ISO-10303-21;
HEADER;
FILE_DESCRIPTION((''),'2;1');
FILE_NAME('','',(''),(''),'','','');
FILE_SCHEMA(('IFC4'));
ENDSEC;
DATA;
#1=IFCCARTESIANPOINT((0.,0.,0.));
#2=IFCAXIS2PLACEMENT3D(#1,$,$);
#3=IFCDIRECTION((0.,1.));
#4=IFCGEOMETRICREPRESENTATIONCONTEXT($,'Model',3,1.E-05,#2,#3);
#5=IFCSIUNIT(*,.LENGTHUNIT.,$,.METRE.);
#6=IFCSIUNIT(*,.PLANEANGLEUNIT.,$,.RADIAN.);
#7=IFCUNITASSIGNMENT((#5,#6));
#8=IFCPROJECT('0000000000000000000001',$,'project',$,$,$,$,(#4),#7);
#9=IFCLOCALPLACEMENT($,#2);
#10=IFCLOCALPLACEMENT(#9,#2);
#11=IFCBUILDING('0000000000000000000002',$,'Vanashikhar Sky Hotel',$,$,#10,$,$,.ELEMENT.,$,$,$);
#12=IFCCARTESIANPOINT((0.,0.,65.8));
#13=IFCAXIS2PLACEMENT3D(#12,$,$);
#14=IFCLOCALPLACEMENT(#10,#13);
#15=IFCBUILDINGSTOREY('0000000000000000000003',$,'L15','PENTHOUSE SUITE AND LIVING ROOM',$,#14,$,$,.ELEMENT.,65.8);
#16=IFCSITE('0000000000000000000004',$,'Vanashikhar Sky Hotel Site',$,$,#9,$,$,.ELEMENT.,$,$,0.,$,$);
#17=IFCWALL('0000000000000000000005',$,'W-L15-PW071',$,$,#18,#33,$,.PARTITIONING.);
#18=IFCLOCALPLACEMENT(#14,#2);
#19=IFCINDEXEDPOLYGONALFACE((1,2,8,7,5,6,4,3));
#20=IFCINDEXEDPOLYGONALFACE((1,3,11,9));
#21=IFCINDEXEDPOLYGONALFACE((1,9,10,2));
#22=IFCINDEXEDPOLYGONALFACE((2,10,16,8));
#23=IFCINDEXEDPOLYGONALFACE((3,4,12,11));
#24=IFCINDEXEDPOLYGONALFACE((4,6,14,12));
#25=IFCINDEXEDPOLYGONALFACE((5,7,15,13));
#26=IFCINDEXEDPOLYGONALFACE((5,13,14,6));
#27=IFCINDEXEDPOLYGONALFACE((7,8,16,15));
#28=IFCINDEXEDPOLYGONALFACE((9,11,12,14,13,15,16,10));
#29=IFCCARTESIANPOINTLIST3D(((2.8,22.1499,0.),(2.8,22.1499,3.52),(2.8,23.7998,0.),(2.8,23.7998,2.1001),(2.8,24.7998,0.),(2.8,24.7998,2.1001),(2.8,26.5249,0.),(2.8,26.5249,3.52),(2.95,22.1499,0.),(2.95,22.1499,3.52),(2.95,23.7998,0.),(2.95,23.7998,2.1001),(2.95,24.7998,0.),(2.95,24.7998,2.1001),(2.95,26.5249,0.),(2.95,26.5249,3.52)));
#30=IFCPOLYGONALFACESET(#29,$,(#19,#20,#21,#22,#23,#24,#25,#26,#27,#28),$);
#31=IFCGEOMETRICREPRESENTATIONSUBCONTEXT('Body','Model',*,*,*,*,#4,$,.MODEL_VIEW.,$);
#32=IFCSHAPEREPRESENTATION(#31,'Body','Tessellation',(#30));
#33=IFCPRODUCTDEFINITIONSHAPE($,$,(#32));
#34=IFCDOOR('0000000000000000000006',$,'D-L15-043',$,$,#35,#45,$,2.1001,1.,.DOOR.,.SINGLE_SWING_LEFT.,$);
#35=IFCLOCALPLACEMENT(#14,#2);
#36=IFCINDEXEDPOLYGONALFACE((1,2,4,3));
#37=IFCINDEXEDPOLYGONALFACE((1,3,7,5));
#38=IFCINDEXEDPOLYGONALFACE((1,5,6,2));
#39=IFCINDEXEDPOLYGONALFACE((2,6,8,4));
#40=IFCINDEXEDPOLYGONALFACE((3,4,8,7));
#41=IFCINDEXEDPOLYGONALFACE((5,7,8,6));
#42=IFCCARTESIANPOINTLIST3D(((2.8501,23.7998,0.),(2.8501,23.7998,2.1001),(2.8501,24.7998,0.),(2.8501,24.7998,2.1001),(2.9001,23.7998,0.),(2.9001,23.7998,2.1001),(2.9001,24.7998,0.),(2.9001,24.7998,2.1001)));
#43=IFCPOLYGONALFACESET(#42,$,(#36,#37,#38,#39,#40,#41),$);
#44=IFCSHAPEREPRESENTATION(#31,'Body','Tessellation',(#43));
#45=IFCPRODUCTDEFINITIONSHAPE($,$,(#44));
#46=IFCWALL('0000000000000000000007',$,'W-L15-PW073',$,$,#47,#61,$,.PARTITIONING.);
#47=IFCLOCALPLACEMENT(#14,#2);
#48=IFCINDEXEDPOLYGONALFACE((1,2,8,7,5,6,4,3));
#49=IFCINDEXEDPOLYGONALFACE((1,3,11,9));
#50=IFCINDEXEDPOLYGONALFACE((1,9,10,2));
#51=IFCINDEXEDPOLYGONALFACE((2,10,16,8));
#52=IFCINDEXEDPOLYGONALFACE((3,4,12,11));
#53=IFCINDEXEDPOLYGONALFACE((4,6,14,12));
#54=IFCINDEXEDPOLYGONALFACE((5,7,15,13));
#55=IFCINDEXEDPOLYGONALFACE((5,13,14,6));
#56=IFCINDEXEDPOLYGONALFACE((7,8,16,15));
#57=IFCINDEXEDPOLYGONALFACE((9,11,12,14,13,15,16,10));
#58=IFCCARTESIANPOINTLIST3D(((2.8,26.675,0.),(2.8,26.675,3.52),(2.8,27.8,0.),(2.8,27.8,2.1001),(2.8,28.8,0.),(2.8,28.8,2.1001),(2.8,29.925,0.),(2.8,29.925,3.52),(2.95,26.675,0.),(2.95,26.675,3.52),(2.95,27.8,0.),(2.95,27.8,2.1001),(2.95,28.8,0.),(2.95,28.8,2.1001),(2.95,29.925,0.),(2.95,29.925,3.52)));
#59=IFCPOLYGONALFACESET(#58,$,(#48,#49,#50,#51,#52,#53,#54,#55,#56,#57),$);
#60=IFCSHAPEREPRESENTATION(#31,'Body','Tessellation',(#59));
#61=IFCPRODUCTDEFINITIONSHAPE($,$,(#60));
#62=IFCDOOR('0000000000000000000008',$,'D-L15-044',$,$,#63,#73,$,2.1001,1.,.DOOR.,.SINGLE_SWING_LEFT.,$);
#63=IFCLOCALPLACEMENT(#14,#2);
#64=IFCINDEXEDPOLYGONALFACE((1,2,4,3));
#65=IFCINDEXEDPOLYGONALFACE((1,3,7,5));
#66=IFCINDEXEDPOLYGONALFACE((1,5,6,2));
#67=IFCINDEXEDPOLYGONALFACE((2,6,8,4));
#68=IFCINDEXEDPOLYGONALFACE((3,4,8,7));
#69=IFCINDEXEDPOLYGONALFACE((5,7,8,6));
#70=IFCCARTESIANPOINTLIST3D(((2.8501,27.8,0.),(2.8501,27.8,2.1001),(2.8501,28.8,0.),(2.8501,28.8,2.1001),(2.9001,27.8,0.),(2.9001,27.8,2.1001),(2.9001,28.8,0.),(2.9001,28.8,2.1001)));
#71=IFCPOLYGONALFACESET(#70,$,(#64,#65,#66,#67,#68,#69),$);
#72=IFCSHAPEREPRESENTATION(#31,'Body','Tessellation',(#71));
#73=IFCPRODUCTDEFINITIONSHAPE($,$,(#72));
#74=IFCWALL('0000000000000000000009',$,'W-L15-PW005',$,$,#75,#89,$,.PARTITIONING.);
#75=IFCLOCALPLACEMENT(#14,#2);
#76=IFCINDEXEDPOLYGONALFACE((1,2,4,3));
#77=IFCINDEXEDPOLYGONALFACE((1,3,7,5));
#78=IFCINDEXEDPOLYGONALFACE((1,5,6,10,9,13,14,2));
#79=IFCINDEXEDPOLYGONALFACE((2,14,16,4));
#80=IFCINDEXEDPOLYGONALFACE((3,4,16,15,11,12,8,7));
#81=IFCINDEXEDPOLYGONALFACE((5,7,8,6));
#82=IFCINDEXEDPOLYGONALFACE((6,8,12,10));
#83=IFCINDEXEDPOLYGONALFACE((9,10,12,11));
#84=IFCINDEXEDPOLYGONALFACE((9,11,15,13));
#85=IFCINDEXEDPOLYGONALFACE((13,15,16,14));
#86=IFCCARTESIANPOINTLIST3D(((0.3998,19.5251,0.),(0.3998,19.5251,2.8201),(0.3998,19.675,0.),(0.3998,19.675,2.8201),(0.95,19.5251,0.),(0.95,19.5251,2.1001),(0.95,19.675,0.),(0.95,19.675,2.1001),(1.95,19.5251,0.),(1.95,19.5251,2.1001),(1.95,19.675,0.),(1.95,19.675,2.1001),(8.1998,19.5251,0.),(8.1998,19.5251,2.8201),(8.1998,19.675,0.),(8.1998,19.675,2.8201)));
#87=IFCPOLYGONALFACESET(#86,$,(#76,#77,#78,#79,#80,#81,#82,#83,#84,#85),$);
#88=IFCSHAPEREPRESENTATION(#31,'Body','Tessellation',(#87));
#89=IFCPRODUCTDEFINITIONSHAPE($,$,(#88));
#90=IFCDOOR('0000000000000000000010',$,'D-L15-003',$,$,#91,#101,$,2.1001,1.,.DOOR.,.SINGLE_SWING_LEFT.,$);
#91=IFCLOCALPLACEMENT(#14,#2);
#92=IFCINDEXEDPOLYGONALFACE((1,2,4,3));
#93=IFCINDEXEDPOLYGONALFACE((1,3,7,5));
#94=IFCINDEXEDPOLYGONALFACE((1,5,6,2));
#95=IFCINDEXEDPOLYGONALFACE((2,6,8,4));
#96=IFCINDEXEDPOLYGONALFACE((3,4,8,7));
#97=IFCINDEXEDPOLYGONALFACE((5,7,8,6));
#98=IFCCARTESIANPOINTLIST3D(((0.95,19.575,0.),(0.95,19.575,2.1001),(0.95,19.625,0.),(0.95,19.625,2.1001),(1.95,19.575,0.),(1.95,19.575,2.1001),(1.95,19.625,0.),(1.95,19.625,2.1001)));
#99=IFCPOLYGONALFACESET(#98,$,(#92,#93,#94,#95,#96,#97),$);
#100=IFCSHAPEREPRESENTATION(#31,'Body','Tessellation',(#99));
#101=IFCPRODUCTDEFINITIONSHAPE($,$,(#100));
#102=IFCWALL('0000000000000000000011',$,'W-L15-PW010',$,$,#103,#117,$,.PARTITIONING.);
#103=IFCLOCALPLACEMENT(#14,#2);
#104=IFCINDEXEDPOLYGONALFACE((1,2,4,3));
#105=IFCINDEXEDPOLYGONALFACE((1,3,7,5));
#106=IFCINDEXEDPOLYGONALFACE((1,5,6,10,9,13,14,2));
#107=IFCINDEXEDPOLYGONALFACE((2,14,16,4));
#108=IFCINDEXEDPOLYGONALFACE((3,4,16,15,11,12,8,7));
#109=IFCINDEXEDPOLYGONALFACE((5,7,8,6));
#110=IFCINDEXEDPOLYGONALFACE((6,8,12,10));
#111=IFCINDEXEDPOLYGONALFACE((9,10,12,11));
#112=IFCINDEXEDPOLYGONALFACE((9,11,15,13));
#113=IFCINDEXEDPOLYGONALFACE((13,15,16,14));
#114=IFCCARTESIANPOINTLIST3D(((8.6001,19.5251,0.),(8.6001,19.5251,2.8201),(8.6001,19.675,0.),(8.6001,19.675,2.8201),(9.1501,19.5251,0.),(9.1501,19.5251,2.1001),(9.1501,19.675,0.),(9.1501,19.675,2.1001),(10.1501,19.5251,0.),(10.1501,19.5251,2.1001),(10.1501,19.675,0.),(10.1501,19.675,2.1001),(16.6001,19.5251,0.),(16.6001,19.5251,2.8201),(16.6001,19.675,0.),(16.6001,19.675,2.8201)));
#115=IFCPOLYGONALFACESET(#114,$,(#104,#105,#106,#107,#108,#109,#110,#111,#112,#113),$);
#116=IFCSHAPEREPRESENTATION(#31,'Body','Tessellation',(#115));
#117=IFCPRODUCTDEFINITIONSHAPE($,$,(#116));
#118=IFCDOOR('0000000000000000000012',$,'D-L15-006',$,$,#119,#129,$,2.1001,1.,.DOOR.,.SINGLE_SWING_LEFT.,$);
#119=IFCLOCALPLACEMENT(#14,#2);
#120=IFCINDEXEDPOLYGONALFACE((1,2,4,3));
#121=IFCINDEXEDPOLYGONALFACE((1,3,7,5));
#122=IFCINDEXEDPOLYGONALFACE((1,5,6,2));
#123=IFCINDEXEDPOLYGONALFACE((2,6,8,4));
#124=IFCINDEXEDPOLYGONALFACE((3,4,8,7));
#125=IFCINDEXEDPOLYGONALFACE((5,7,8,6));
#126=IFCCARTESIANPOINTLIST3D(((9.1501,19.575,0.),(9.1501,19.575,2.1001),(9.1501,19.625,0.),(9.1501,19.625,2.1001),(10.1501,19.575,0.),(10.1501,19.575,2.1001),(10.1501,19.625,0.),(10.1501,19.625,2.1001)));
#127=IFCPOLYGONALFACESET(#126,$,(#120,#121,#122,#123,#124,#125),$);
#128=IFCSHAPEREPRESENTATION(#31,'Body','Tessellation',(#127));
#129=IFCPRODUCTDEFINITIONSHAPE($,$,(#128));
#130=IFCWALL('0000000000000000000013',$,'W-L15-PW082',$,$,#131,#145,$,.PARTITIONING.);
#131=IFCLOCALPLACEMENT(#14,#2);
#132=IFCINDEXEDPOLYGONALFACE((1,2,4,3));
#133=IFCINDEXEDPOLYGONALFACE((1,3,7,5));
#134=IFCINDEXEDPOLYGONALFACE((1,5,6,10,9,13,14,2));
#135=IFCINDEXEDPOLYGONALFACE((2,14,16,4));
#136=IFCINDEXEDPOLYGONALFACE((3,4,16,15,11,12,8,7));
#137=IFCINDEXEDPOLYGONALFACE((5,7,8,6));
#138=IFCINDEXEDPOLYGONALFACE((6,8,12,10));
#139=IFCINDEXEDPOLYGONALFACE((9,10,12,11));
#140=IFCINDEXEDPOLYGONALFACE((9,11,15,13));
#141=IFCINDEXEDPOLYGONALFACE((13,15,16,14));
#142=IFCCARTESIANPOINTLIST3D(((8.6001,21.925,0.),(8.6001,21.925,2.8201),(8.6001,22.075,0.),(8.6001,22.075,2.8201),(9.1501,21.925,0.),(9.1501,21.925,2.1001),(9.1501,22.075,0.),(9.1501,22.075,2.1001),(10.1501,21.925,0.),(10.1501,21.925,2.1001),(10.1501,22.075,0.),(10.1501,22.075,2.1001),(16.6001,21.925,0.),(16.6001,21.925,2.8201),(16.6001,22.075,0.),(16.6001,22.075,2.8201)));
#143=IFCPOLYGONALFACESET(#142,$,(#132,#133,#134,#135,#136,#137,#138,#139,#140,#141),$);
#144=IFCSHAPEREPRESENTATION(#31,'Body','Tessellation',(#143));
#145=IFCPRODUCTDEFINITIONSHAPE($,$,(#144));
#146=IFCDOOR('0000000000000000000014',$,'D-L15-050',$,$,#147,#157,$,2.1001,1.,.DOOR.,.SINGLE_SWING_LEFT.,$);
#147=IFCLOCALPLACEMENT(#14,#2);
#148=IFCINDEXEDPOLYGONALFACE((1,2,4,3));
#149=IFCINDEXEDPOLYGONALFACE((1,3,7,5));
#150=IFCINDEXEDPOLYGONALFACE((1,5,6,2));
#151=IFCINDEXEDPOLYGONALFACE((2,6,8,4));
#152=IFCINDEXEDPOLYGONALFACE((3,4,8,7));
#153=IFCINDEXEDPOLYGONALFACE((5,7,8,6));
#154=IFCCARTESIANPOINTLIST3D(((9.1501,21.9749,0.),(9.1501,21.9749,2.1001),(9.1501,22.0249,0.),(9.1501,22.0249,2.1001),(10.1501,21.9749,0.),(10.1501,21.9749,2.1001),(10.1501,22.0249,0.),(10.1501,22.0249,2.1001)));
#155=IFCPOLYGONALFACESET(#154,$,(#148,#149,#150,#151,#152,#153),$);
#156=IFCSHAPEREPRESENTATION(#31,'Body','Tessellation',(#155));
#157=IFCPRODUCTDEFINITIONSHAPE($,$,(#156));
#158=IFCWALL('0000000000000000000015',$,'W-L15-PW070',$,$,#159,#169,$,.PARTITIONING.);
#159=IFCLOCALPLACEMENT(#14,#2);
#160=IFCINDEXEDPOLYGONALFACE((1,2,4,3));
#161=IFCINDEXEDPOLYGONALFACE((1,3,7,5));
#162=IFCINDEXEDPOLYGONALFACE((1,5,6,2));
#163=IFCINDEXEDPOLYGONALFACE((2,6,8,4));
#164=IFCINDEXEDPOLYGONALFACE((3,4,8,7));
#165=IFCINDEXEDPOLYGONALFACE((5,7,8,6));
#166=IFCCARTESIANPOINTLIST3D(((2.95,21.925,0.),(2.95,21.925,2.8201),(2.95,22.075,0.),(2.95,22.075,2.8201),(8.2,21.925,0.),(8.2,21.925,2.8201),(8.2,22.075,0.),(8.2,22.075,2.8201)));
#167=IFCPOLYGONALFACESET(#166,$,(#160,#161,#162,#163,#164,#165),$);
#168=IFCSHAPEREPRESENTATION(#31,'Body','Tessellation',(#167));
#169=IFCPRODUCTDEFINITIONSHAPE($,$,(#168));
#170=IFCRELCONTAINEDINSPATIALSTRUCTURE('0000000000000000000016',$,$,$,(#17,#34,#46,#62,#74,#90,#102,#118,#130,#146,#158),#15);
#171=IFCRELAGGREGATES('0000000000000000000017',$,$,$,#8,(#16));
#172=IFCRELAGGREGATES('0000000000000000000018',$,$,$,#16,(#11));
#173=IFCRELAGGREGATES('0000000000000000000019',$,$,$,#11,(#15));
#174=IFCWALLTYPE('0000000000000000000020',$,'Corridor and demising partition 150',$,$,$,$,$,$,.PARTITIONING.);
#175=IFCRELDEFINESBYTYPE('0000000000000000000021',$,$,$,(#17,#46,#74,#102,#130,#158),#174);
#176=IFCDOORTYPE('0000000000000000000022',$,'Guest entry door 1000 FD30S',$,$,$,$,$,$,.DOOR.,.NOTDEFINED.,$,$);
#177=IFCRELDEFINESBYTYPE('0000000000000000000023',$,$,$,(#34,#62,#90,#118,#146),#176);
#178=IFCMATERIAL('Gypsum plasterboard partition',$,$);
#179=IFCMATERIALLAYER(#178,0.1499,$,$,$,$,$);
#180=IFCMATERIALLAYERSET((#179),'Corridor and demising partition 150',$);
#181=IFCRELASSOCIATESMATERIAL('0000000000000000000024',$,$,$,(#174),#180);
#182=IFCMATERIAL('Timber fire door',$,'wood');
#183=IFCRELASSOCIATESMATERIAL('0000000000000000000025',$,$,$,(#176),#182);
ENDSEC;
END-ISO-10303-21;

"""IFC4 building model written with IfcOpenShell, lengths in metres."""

from ifc_helpers import new_model, si_unit, direction, frame, frame_2d, origin, place, context, subcontext, project, spatial, rectangle, extrude, source, transform, mapped, material, layer, layer_set, type_object, element, fill, save


model = new_model("IFC4")

# Units and contexts
model_context = context("Model", 3, precision=1e-05, world=origin(), true_north=direction((0.0, 1.0)))
body_context = subcontext(model_context, "Body", "Model", "MODEL_VIEW")
ifc_project = project(units=[si_unit("LENGTHUNIT", "METRE"), si_unit("PLANEANGLEUNIT", "RADIAN")], contexts=[model_context])

# Site, building, storey
site_placement = place(None, origin())
site = spatial("IfcSite", under=ifc_project, at=site_placement, Name="Vanashikhar Sky Hotel Site", CompositionType="ELEMENT", RefElevation=0.0)
building_placement = place(site_placement, origin())
building = spatial("IfcBuilding", under=site, at=building_placement, Name="Vanashikhar Sky Hotel", CompositionType="ELEMENT")
storey_placement = place(building_placement, frame((0.0, 0.0, 65.8)))
storey = spatial("IfcBuildingStorey", under=building, at=storey_placement, Name="L15", Description="PENTHOUSE SUITE AND LIVING ROOM", CompositionType="ELEMENT", Elevation=65.8)

# Walls, openings, doors
ifc_material_1 = material(Name="Gypsum plasterboard partition")
ifc_layer_1 = layer(ifc_material_1, 0.1499)
ifc_layer_set_1 = layer_set([ifc_layer_1], Name="Corridor and demising partition 150")
wall_type_1 = type_object("IfcWallType", Name="Corridor and demising partition 150", PredefinedType="PARTITIONING", material=ifc_layer_set_1)
shared_shape_1 = source(origin(), body_context, "Body", "SweptSolid", [
    extrude(rectangle(XDim=4.375, YDim=0.1499, at=frame_2d((2.1875, 0.0))), origin(), (0.0, 0.0, 1.0), 3.52),
])
wall_1_placement = place(storey_placement, frame((2.875, 22.1499, 0.0), z_axis=(0.0, 0.0, 1.0), x_axis=(0.0, 1.0, 0.0)))
wall_1 = element("IfcWall", 1, at=wall_1_placement, inside=storey, type_object=wall_type_1, Name="W-L15-PW071", PredefinedType="PARTITIONING", context=body_context, shape_type="MappedRepresentation", body=[
    mapped(shared_shape_1, transform((0.0, 0.0, 0.0), scale=1.0)),
])
shared_shape_2 = source(origin(), body_context, "Body", "SweptSolid", [
    extrude(rectangle(XDim=1.0, YDim=2.1001, at=frame_2d((0.5, 1.05))), frame((0.0, 0.085, 0.0), z_axis=(0.0, -1.0, 0.0), x_axis=(1.0, 0.0, 0.0)), (0.0, 0.0, 1.0), 0.1699),
])
opening_1_placement = place(wall_1_placement, frame((1.6499, 0.0, 0.0)))
opening_1 = element("IfcOpeningElement", 2, at=opening_1_placement, cuts=wall_1, PredefinedType="OPENING", context=body_context, shape_type="MappedRepresentation", body=[
    mapped(shared_shape_2, transform((0.0, 0.0, 0.0), scale=1.0)),
])
ifc_material_2 = material(Name="Timber fire door", Category="wood")
door_type = type_object("IfcDoorType", Name="Guest entry door 1000 FD30S", OperationType="NOTDEFINED", PredefinedType="DOOR", material=ifc_material_2)
shared_shape_3 = source(origin(), body_context, "Body", "SweptSolid", [
    extrude(rectangle(XDim=1.0, YDim=2.1001, at=frame_2d((0.5, 1.05))), frame((0.0, 0.0249, 0.0), z_axis=(0.0, -1.0, 0.0), x_axis=(1.0, 0.0, 0.0)), (0.0, 0.0, 1.0), 0.05),
])
door_1_placement = place(opening_1_placement, origin())
door_1 = element("IfcDoor", 3, at=door_1_placement, inside=storey, type_object=door_type, Name="D-L15-043", OperationType="SINGLE_SWING_LEFT", OverallHeight=2.1001, OverallWidth=1.0, PredefinedType="DOOR", context=body_context, shape_type="MappedRepresentation", body=[
    mapped(shared_shape_3, transform((0.0, 0.0, 0.0), scale=1.0)),
])
fill(opening_1, door_1)
shared_shape_4 = source(origin(), body_context, "Body", "SweptSolid", [
    extrude(rectangle(XDim=3.25, YDim=0.1499, at=frame_2d((1.625, 0.0))), origin(), (0.0, 0.0, 1.0), 3.52),
])
wall_2_placement = place(storey_placement, frame((2.875, 26.675, 0.0), z_axis=(0.0, 0.0, 1.0), x_axis=(0.0, 1.0, 0.0)))
wall_2 = element("IfcWall", 4, at=wall_2_placement, inside=storey, type_object=wall_type_1, Name="W-L15-PW073", PredefinedType="PARTITIONING", context=body_context, shape_type="MappedRepresentation", body=[
    mapped(shared_shape_4, transform((0.0, 0.0, 0.0), scale=1.0)),
])
opening_2_placement = place(wall_2_placement, frame((1.125, 0.0, 0.0)))
opening_2 = element("IfcOpeningElement", 5, at=opening_2_placement, cuts=wall_2, PredefinedType="OPENING", context=body_context, shape_type="MappedRepresentation", body=[
    mapped(shared_shape_2, transform((0.0, 0.0, 0.0), scale=1.0)),
])
door_2_placement = place(opening_2_placement, origin())
door_2 = element("IfcDoor", 6, at=door_2_placement, inside=storey, type_object=door_type, Name="D-L15-044", OperationType="SINGLE_SWING_LEFT", OverallHeight=2.1001, OverallWidth=1.0, PredefinedType="DOOR", context=body_context, shape_type="MappedRepresentation", body=[
    mapped(shared_shape_3, transform((0.0, 0.0, 0.0), scale=1.0)),
])
fill(opening_2, door_2)
shared_shape_5 = source(origin(), body_context, "Body", "SweptSolid", [
    extrude(rectangle(XDim=7.8, YDim=0.1499, at=frame_2d((3.8999, 0.0))), origin(), (0.0, 0.0, 1.0), 2.8201),
])
wall_3_placement = place(storey_placement, frame((0.3999, 19.6001, 0.0), z_axis=(0.0, 0.0, 1.0), x_axis=(1.0, 0.0, 0.0)))
wall_3 = element("IfcWall", 7, at=wall_3_placement, inside=storey, type_object=wall_type_1, Name="W-L15-PW005", PredefinedType="PARTITIONING", context=body_context, shape_type="MappedRepresentation", body=[
    mapped(shared_shape_5, transform((0.0, 0.0, 0.0), scale=1.0)),
])
opening_3_placement = place(wall_3_placement, frame((0.55, 0.0, 0.0)))
opening_3 = element("IfcOpeningElement", 8, at=opening_3_placement, cuts=wall_3, PredefinedType="OPENING", context=body_context, shape_type="MappedRepresentation", body=[
    mapped(shared_shape_2, transform((0.0, 0.0, 0.0), scale=1.0)),
])
door_3_placement = place(opening_3_placement, origin())
door_3 = element("IfcDoor", 9, at=door_3_placement, inside=storey, type_object=door_type, Name="D-L15-003", OperationType="SINGLE_SWING_LEFT", OverallHeight=2.1001, OverallWidth=1.0, PredefinedType="DOOR", context=body_context, shape_type="MappedRepresentation", body=[
    mapped(shared_shape_3, transform((0.0, 0.0, 0.0), scale=1.0)),
])
fill(opening_3, door_3)
shared_shape_6 = source(origin(), body_context, "Body", "SweptSolid", [
    extrude(rectangle(XDim=8.0, YDim=0.1499, at=frame_2d((4.0, 0.0))), origin(), (0.0, 0.0, 1.0), 2.8201),
])
wall_4_placement = place(storey_placement, frame((8.6001, 19.6001, 0.0), z_axis=(0.0, 0.0, 1.0), x_axis=(1.0, 0.0, 0.0)))
wall_4 = element("IfcWall", 10, at=wall_4_placement, inside=storey, type_object=wall_type_1, Name="W-L15-PW010", PredefinedType="PARTITIONING", context=body_context, shape_type="MappedRepresentation", body=[
    mapped(shared_shape_6, transform((0.0, 0.0, 0.0), scale=1.0)),
])
opening_4_placement = place(wall_4_placement, frame((0.55, 0.0, 0.0)))
opening_4 = element("IfcOpeningElement", 11, at=opening_4_placement, cuts=wall_4, PredefinedType="OPENING", context=body_context, shape_type="MappedRepresentation", body=[
    mapped(shared_shape_2, transform((0.0, 0.0, 0.0), scale=1.0)),
])
door_4_placement = place(opening_4_placement, origin())
door_4 = element("IfcDoor", 12, at=door_4_placement, inside=storey, type_object=door_type, Name="D-L15-006", OperationType="SINGLE_SWING_LEFT", OverallHeight=2.1001, OverallWidth=1.0, PredefinedType="DOOR", context=body_context, shape_type="MappedRepresentation", body=[
    mapped(shared_shape_3, transform((0.0, 0.0, 0.0), scale=1.0)),
])
fill(opening_4, door_4)
wall_5_placement = place(storey_placement, frame((8.6001, 22.0, 0.0), z_axis=(0.0, 0.0, 1.0), x_axis=(1.0, 0.0, 0.0)))
wall_5 = element("IfcWall", 13, at=wall_5_placement, inside=storey, type_object=wall_type_1, Name="W-L15-PW082", PredefinedType="PARTITIONING", context=body_context, shape_type="MappedRepresentation", body=[
    mapped(shared_shape_6, transform((0.0, 0.0, 0.0), scale=1.0)),
])
opening_5_placement = place(wall_5_placement, frame((0.55, 0.0, 0.0)))
opening_5 = element("IfcOpeningElement", 14, at=opening_5_placement, cuts=wall_5, PredefinedType="OPENING", context=body_context, shape_type="MappedRepresentation", body=[
    mapped(shared_shape_2, transform((0.0, 0.0, 0.0), scale=1.0)),
])
door_5_placement = place(opening_5_placement, origin())
door_5 = element("IfcDoor", 15, at=door_5_placement, inside=storey, type_object=door_type, Name="D-L15-050", OperationType="SINGLE_SWING_LEFT", OverallHeight=2.1001, OverallWidth=1.0, PredefinedType="DOOR", context=body_context, shape_type="MappedRepresentation", body=[
    mapped(shared_shape_3, transform((0.0, 0.0, 0.0), scale=1.0)),
])
fill(opening_5, door_5)

# Wall
shared_shape_7 = source(origin(), body_context, "Body", "SweptSolid", [
    extrude(rectangle(XDim=5.25, YDim=0.1499, at=frame_2d((2.625, 0.0))), origin(), (0.0, 0.0, 1.0), 2.8201),
])
wall_6_placement = place(storey_placement, frame((2.95, 22.0, 0.0), z_axis=(0.0, 0.0, 1.0), x_axis=(1.0, 0.0, 0.0)))
element("IfcWall", 16, at=wall_6_placement, inside=storey, type_object=wall_type_1, Name="W-L15-PW070", PredefinedType="PARTITIONING", context=body_context, shape_type="MappedRepresentation", body=[
    mapped(shared_shape_7, transform((0.0, 0.0, 0.0), scale=1.0)),
])

save(model, "model.ifc")
